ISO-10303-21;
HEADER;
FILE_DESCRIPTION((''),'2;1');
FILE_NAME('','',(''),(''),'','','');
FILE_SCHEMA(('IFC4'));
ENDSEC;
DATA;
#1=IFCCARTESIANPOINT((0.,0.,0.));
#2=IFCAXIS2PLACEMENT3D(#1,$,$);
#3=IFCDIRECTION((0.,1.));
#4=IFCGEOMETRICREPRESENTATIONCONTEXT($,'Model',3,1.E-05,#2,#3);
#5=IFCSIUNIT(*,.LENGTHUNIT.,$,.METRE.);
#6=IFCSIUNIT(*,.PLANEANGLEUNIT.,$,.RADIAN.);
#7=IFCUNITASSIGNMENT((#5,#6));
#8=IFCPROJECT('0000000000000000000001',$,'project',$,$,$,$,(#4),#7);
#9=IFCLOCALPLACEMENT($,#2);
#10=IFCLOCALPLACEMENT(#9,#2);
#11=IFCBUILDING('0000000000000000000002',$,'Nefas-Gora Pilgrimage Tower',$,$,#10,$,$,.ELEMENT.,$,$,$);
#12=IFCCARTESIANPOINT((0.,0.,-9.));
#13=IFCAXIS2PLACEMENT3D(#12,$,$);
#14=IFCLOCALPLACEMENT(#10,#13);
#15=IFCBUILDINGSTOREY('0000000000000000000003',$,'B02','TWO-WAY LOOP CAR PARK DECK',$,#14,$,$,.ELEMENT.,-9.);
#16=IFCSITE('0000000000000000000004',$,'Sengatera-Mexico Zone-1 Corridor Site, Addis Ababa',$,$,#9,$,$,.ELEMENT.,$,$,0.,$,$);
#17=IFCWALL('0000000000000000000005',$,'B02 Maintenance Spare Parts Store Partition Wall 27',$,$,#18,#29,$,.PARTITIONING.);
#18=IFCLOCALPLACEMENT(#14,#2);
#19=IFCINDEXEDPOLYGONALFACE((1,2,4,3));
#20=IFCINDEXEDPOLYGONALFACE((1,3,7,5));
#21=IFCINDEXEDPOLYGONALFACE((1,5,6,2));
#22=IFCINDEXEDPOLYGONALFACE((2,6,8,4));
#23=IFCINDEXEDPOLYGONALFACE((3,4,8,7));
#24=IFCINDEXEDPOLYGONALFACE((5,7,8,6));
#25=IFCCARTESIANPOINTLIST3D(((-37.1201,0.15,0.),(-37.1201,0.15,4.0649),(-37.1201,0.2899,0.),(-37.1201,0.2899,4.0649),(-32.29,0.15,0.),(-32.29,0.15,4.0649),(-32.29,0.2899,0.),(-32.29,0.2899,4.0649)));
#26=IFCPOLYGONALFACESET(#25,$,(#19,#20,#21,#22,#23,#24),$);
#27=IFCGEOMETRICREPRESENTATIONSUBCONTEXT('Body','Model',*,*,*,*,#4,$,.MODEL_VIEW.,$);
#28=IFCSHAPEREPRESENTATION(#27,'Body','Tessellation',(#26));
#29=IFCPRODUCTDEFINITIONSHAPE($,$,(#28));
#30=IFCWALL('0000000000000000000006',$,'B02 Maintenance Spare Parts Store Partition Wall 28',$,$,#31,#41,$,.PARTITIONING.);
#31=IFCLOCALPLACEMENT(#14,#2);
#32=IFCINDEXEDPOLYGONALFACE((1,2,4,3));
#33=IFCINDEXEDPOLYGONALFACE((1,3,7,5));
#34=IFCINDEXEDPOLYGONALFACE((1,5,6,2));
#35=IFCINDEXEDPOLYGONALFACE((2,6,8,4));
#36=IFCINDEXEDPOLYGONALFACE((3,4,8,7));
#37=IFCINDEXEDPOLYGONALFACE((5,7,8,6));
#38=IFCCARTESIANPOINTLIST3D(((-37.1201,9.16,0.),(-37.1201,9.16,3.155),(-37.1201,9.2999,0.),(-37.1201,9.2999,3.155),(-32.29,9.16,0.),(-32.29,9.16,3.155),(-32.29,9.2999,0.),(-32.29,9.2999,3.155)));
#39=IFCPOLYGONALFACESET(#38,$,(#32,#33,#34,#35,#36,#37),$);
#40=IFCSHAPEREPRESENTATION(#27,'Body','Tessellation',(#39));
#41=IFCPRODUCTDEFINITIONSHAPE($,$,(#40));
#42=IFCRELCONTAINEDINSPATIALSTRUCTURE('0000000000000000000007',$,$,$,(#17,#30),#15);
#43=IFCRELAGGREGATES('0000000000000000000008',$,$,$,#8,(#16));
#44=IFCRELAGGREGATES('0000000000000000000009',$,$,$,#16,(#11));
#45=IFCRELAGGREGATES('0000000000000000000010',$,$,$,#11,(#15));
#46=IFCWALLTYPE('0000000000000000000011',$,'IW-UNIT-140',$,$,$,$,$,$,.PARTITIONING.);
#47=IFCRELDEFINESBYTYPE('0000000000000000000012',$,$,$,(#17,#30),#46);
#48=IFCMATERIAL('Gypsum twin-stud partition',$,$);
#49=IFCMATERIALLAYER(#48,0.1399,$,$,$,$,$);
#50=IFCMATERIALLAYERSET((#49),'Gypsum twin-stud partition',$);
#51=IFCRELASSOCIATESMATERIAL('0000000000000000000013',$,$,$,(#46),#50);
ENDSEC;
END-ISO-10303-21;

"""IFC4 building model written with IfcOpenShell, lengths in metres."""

from ifc_helpers import new_model, si_unit, direction, frame, frame_2d, origin, place, context, subcontext, project, spatial, rectangle, extrude, source, transform, mapped, material, layer, layer_set, type_object, element, save


model = new_model("IFC4")

# Units and contexts
model_context = context("Model", 3, precision=1e-05, world=origin(), true_north=direction((0.0, 1.0)))
body_context = subcontext(model_context, "Body", "Model", "MODEL_VIEW")
ifc_project = project(units=[si_unit("LENGTHUNIT", "METRE"), si_unit("PLANEANGLEUNIT", "RADIAN")], contexts=[model_context])

# Site, building, storey
site_placement = place(None, origin())
site = spatial("IfcSite", under=ifc_project, at=site_placement, Name="Sengatera-Mexico Zone-1 Corridor Site, Addis Ababa", CompositionType="ELEMENT", RefElevation=0.0)
building_placement = place(site_placement, origin())
building = spatial("IfcBuilding", under=site, at=building_placement, Name="Nefas-Gora Pilgrimage Tower", CompositionType="ELEMENT")
storey_placement = place(building_placement, frame((0.0, 0.0, -9.0)))
storey = spatial("IfcBuildingStorey", under=building, at=storey_placement, Name="B02", Description="TWO-WAY LOOP CAR PARK DECK", CompositionType="ELEMENT", Elevation=-9.0)

# Shared definitions
ifc_material_1 = material(Name="Gypsum twin-stud partition")
ifc_layer_1 = layer(ifc_material_1, 0.1399)
ifc_layer_set_1 = layer_set([ifc_layer_1], Name="Gypsum twin-stud partition")
wall_type_1 = type_object("IfcWallType", Name="IW-UNIT-140", PredefinedType="PARTITIONING", material=ifc_layer_set_1)

# Walls
shared_shape_1 = source(origin(), body_context, "Body", "SweptSolid", [
    extrude(rectangle(XDim=4.8301, YDim=0.1399, at=frame_2d((2.415, 0.0))), origin(), (0.0, 0.0, 1.0), 4.0649),
])
wall_1_placement = place(storey_placement, frame((-37.1201, 0.22, 0.0), z_axis=(0.0, 0.0, 1.0), x_axis=(1.0, 0.0, 0.0)))
element("IfcWall", 1, at=wall_1_placement, inside=storey, type_object=wall_type_1, Name="B02 Maintenance Spare Parts Store Partition Wall 27", PredefinedType="PARTITIONING", context=body_context, shape_type="MappedRepresentation", body=[
    mapped(shared_shape_1, transform((0.0, 0.0, 0.0), x_axis=(1.0, 0.0, 0.0), y_axis=(0.0, 1.0, 0.0), z_axis=(0.0, 0.0, 1.0), scale=1.0)),
])
shared_shape_2 = source(origin(), body_context, "Body", "SweptSolid", [
    extrude(rectangle(XDim=4.8301, YDim=0.1399, at=frame_2d((2.415, 0.0))), origin(), (0.0, 0.0, 1.0), 3.155),
])
wall_2_placement = place(storey_placement, frame((-37.1201, 9.23, 0.0), z_axis=(0.0, 0.0, 1.0), x_axis=(1.0, 0.0, 0.0)))
element("IfcWall", 2, at=wall_2_placement, inside=storey, type_object=wall_type_1, Name="B02 Maintenance Spare Parts Store Partition Wall 28", PredefinedType="PARTITIONING", context=body_context, shape_type="MappedRepresentation", body=[
    mapped(shared_shape_2, transform((0.0, 0.0, 0.0), x_axis=(1.0, 0.0, 0.0), y_axis=(0.0, 1.0, 0.0), z_axis=(0.0, 0.0, 1.0), scale=1.0)),
])

save(model, "model.ifc")
